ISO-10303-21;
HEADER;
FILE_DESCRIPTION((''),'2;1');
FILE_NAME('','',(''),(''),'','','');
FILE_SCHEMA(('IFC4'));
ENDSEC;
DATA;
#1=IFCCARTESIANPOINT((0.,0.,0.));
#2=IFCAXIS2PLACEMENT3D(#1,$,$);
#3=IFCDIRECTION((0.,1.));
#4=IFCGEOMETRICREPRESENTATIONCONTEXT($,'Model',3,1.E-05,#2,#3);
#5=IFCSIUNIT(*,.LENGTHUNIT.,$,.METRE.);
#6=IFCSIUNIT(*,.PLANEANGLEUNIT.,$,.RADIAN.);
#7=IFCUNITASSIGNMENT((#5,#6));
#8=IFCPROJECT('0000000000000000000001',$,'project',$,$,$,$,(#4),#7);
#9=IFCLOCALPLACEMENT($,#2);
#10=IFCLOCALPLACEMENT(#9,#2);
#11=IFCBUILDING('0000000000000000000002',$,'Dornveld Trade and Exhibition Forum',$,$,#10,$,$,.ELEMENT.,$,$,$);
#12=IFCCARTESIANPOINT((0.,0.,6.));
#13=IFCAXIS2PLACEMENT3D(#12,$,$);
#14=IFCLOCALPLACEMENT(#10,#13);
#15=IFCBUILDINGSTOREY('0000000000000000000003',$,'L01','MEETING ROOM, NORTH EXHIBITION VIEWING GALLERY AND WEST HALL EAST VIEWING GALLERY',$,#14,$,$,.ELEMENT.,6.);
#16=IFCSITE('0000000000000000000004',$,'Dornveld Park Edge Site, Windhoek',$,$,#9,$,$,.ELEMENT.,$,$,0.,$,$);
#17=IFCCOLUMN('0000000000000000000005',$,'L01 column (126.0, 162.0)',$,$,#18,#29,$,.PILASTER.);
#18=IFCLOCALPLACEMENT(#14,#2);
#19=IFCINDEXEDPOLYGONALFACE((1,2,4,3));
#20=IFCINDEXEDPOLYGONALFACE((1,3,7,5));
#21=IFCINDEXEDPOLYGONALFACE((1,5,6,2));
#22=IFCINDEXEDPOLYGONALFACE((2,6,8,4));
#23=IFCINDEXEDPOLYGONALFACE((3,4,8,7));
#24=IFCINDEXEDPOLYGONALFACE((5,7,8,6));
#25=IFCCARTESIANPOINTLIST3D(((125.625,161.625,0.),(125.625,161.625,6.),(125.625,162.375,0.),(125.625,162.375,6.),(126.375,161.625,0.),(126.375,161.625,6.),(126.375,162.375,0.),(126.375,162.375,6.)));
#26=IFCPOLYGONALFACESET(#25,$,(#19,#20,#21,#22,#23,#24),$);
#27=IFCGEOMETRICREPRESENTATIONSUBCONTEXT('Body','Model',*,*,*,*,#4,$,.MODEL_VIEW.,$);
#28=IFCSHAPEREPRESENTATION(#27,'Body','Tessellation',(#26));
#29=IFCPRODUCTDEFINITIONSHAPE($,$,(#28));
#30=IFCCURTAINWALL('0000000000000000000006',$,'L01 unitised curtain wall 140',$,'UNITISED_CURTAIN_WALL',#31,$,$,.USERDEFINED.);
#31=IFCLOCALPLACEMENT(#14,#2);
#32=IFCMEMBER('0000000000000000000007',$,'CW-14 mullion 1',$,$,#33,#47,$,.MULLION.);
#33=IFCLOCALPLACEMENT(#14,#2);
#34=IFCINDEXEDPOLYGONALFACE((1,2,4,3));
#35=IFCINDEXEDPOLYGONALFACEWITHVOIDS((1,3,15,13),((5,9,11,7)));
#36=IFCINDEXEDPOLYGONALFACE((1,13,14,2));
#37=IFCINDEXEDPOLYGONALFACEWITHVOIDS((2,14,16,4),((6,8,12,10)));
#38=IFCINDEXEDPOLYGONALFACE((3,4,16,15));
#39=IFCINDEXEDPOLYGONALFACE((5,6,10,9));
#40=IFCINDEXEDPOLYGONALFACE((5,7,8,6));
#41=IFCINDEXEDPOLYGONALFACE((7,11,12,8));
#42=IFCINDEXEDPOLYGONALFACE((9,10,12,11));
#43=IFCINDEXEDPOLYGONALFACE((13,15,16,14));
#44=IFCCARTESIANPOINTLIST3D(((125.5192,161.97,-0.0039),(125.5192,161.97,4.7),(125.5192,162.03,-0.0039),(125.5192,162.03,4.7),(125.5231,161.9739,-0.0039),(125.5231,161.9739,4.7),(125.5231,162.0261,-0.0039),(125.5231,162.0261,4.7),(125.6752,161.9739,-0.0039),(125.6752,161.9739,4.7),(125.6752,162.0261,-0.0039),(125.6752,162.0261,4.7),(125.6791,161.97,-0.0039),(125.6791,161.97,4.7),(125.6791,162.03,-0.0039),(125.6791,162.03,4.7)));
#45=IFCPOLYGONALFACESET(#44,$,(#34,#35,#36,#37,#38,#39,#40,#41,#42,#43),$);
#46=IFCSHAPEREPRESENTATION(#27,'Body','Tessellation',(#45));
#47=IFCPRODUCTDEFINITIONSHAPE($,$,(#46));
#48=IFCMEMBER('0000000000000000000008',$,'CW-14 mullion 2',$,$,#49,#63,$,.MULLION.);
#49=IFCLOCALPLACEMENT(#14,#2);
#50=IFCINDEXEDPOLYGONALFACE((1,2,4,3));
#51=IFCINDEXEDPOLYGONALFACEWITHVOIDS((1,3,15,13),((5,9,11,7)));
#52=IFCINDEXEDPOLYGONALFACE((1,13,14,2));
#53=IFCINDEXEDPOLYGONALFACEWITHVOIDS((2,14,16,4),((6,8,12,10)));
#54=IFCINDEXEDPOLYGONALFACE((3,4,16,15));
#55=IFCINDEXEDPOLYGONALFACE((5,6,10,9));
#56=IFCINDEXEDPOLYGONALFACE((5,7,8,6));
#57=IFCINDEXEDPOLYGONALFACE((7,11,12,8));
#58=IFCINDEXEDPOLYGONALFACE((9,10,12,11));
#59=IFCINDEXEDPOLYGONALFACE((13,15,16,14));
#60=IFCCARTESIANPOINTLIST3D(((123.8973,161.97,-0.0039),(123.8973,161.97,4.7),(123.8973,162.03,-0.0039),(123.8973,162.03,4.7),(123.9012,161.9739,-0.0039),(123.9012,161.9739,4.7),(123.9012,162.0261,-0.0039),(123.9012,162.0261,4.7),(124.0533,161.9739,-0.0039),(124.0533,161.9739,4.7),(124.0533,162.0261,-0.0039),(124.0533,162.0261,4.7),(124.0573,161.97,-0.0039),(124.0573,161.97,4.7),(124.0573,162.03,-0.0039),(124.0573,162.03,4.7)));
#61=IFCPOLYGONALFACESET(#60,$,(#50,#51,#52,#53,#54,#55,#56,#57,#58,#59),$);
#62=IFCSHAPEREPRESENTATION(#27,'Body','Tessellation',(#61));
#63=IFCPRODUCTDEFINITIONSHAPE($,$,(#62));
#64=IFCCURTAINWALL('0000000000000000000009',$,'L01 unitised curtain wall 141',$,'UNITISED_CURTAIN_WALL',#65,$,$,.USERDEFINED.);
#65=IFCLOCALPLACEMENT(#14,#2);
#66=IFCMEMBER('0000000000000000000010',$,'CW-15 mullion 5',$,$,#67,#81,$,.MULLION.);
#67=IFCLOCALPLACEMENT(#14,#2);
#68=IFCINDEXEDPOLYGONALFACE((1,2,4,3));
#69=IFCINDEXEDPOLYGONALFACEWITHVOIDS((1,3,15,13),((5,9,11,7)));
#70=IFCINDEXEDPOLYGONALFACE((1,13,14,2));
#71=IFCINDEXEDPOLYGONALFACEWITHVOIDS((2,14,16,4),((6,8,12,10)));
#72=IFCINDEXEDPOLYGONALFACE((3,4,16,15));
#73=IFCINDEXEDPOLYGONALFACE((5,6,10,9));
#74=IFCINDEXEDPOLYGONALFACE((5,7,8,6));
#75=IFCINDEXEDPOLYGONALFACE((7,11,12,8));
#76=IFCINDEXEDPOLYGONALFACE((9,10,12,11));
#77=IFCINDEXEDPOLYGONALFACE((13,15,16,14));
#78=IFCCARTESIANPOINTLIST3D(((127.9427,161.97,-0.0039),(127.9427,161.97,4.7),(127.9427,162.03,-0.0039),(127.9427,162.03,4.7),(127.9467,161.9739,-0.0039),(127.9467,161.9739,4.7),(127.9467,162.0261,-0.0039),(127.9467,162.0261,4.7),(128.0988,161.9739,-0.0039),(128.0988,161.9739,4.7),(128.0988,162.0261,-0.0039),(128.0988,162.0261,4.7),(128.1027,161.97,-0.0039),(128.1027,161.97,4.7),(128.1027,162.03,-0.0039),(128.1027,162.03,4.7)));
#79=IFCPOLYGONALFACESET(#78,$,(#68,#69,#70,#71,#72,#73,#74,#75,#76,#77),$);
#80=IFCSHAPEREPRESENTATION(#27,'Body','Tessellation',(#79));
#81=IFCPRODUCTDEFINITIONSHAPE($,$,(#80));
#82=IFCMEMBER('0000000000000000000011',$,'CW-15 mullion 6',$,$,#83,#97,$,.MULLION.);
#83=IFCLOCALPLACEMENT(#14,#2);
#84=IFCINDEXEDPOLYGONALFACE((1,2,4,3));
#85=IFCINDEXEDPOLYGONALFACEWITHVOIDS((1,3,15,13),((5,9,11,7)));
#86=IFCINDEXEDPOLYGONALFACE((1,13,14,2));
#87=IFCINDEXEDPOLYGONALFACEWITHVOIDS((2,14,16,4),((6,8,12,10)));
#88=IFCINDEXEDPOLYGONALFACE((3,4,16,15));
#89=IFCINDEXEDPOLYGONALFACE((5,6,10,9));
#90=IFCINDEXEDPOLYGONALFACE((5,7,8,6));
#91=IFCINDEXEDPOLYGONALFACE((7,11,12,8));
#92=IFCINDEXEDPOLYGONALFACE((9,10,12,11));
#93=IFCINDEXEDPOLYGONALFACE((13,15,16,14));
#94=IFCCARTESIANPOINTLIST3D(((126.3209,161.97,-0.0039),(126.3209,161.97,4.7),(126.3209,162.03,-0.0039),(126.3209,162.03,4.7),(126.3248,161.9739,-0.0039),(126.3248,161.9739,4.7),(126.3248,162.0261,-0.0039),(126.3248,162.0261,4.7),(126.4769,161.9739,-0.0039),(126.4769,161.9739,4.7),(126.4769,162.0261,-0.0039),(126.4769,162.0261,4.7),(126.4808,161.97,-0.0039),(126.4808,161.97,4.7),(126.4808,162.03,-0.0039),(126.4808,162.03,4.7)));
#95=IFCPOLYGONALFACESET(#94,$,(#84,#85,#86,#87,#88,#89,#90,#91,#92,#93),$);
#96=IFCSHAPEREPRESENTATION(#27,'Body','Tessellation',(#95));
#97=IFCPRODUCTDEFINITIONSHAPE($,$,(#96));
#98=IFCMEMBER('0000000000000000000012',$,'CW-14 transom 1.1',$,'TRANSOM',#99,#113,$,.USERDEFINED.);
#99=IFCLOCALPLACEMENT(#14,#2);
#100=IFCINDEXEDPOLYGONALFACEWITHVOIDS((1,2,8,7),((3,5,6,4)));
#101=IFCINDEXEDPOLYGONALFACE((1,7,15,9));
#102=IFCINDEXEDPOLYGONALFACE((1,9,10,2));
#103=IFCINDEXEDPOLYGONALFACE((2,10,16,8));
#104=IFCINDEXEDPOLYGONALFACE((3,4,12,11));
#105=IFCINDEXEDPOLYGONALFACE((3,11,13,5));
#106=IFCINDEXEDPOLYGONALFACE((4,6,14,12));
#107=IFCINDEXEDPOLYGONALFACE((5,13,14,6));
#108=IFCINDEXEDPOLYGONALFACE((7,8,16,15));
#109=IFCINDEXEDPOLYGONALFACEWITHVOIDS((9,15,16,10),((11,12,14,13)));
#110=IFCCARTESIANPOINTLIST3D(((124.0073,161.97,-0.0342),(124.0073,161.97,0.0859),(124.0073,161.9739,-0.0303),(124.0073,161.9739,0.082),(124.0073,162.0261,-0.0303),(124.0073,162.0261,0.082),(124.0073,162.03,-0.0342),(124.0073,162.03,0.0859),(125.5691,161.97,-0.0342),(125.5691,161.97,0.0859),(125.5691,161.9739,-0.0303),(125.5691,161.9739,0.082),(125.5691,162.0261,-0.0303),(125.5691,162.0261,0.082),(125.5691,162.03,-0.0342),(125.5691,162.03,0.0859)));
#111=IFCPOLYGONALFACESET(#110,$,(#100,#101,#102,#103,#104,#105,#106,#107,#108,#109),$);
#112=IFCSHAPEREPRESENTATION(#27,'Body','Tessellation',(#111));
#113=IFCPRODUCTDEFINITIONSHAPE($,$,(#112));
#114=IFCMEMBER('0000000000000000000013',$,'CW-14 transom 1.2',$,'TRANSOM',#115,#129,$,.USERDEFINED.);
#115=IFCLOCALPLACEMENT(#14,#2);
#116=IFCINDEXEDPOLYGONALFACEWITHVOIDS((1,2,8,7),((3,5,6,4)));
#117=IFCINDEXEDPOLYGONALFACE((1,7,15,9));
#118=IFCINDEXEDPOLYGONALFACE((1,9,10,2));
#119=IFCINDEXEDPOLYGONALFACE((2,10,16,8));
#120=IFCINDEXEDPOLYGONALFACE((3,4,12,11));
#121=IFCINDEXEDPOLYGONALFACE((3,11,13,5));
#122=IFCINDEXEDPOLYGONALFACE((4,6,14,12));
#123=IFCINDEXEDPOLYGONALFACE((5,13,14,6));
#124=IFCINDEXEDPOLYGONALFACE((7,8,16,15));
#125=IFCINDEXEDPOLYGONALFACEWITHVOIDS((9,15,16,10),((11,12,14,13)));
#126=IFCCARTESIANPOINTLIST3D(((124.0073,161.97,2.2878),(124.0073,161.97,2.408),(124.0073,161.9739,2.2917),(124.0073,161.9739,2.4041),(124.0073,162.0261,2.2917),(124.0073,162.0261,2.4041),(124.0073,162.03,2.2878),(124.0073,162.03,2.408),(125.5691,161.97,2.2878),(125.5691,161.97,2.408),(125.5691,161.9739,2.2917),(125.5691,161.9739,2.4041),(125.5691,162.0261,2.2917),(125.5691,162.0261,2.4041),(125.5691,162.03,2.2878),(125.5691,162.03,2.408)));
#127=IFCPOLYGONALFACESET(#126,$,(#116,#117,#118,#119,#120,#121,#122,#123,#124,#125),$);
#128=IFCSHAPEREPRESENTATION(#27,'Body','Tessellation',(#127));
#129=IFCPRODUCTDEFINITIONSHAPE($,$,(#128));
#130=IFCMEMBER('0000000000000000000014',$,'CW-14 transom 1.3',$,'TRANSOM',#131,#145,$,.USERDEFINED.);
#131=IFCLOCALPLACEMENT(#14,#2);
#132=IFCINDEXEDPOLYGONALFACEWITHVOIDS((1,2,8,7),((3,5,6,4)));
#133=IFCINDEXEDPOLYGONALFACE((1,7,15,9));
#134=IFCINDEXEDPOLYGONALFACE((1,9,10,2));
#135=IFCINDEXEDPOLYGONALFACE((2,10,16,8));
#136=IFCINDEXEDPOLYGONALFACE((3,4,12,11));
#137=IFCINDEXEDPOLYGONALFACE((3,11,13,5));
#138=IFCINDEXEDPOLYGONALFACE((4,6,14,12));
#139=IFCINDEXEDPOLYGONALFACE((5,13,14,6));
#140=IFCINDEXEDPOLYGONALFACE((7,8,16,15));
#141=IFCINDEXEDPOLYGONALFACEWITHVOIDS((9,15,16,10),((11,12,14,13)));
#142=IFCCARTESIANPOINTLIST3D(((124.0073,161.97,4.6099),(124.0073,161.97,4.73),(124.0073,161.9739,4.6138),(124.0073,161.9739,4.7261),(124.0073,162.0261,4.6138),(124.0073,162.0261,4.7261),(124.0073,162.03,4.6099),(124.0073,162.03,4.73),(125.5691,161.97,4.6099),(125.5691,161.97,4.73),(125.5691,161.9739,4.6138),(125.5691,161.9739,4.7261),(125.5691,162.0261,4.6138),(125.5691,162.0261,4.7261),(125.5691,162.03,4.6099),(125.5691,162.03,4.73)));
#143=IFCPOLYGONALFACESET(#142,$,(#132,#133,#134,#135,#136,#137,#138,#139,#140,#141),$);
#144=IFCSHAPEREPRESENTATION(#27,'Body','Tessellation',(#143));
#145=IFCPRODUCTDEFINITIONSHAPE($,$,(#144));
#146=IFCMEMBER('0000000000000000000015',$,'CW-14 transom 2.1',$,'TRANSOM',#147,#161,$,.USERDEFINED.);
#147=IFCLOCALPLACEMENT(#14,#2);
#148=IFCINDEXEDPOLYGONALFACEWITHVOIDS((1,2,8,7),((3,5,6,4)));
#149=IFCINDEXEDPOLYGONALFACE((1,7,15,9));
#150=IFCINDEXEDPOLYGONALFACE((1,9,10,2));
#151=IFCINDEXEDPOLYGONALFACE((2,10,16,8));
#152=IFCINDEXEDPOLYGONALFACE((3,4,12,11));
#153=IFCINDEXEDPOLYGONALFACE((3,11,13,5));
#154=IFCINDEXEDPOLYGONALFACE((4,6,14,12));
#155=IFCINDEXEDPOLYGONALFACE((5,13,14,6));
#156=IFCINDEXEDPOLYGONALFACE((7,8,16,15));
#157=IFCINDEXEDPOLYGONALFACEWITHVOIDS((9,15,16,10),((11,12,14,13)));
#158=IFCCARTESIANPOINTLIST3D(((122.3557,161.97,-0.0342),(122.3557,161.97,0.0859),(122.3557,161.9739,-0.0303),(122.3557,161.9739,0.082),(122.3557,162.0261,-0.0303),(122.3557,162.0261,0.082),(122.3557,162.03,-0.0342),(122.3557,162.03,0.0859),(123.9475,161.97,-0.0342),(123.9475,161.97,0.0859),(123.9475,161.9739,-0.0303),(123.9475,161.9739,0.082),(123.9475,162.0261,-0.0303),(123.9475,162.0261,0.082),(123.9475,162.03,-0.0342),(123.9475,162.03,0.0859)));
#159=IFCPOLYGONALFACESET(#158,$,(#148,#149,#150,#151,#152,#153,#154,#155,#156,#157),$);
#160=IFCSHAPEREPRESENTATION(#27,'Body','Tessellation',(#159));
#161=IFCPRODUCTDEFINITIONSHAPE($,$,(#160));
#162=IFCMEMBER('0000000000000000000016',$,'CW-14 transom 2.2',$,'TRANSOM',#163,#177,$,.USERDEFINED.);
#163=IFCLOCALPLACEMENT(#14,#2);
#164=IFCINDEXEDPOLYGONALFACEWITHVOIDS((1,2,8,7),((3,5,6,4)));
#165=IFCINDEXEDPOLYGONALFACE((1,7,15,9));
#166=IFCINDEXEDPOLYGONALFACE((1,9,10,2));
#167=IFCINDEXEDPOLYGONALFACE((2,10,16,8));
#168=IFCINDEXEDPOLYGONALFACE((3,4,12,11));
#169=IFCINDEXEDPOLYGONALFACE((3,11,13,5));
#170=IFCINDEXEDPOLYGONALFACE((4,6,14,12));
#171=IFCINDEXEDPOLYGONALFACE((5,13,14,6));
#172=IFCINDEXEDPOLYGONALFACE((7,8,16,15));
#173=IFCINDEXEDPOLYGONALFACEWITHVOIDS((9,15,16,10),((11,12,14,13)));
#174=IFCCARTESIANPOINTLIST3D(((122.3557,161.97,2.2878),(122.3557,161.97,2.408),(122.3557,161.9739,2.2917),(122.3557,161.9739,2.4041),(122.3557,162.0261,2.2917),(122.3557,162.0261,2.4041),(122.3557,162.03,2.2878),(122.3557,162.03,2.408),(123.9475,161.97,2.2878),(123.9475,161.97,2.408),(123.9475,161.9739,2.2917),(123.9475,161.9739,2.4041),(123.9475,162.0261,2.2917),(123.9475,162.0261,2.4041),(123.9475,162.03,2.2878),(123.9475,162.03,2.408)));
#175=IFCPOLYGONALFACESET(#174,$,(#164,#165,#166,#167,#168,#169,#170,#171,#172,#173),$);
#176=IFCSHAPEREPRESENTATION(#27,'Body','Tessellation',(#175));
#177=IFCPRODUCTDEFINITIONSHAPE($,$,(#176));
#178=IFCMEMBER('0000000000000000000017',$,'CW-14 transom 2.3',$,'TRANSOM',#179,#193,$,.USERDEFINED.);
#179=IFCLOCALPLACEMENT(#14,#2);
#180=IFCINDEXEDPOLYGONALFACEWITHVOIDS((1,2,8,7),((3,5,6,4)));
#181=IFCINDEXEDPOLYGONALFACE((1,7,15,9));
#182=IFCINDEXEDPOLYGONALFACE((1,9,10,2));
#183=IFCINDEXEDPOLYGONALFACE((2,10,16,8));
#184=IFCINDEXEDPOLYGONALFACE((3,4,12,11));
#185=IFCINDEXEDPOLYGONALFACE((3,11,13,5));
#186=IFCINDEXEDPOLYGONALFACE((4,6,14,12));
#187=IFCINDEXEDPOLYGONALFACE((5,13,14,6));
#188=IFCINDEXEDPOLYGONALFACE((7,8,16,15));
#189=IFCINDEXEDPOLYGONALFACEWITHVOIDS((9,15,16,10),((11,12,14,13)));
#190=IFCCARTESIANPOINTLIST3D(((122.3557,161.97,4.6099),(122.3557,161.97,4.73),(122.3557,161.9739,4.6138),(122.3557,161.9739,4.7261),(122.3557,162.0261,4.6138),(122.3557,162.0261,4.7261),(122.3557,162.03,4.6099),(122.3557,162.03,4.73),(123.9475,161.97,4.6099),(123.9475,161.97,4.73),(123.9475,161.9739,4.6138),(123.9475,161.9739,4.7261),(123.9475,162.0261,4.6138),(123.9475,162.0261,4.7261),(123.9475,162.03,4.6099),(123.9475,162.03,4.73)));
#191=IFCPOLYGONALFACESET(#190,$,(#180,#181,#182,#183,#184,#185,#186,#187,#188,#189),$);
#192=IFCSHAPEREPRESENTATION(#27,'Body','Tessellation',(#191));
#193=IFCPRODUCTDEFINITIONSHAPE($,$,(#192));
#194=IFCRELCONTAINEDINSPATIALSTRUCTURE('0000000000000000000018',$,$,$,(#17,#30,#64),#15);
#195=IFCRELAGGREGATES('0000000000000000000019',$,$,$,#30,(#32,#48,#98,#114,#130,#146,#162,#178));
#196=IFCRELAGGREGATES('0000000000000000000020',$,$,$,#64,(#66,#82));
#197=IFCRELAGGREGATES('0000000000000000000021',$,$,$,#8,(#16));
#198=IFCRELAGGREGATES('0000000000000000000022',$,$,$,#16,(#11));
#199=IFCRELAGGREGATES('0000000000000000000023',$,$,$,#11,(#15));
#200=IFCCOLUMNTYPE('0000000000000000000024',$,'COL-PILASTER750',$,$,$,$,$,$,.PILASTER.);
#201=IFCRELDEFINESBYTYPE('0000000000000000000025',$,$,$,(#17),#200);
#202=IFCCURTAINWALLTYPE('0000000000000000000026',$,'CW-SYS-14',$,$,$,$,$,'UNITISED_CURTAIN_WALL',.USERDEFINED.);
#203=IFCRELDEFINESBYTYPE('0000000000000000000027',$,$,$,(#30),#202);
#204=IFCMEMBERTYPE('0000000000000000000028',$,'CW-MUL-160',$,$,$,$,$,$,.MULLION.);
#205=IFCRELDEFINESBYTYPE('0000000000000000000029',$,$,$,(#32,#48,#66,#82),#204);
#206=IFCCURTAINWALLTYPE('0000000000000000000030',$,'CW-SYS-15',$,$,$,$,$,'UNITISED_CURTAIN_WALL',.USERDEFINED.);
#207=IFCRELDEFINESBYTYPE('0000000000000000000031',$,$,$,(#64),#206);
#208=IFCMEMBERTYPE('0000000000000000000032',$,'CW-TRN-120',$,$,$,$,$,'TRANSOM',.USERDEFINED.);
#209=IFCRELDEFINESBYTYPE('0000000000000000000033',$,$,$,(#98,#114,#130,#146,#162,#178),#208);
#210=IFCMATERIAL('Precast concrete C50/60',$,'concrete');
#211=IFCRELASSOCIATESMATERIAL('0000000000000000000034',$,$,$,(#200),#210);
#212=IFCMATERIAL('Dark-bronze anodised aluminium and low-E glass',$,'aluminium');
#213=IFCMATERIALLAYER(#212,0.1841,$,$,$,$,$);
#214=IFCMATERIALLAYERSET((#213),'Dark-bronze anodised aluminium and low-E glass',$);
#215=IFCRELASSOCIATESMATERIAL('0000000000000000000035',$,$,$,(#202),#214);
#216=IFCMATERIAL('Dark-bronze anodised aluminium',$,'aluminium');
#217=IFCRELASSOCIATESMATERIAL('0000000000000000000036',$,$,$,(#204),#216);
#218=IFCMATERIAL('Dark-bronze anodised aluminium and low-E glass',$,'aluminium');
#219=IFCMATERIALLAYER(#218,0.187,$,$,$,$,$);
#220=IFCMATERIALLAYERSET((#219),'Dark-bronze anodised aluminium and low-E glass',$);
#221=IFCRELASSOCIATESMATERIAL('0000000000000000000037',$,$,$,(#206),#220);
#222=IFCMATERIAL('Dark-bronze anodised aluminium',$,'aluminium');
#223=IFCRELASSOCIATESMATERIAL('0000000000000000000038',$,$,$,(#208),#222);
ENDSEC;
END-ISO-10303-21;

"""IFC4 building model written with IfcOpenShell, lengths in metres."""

from ifc_helpers import new_model, si_unit, direction, frame, origin, origin_2d, place, context, subcontext, project, spatial, rectangle, hollow_rectangle, extrude, material, layer, layer_set, material_profile, profile_set, type_object, element, aggregate, save


model = new_model("IFC4")

# Units and contexts
model_context = context("Model", 3, precision=1e-05, world=origin(), true_north=direction((0.0, 1.0)))
body_context = subcontext(model_context, "Body", "Model", "MODEL_VIEW")
ifc_project = project(units=[si_unit("LENGTHUNIT", "METRE"), si_unit("PLANEANGLEUNIT", "RADIAN")], contexts=[model_context])

# Site, building, storey
site_placement = place(None, origin())
site = spatial("IfcSite", under=ifc_project, at=site_placement, Name="Dornveld Park Edge Site, Windhoek", CompositionType="ELEMENT", RefElevation=0.0)
building_placement = place(site_placement, origin())
building = spatial("IfcBuilding", under=site, at=building_placement, Name="Dornveld Trade and Exhibition Forum", CompositionType="ELEMENT")
storey_placement = place(building_placement, frame((0.0, 0.0, 6.0)))
storey = spatial("IfcBuildingStorey", under=building, at=storey_placement, Name="L01", Description="MEETING ROOM, NORTH EXHIBITION VIEWING GALLERY AND WEST HALL EAST VIEWING GALLERY", CompositionType="ELEMENT", Elevation=6.0)

# Column
ifc_material_1 = material(Name="Precast concrete C50/60", Category="concrete")
ifc_material_profile_1 = material_profile(ifc_material_1, rectangle(XDim=0.75, YDim=0.75, at=origin_2d()), Name="PC-COL 750x750")
ifc_profile_set_1 = profile_set([ifc_material_profile_1], Name="Precast concrete C50/60")
column_type = type_object("IfcColumnType", Name="COL-PILASTER750", PredefinedType="PILASTER", material=ifc_profile_set_1)
column_placement = place(storey_placement, frame((126.0, 162.0, 0.0), z_axis=(0.0, 0.0, 1.0), x_axis=(1.0, 0.0, 0.0)))
element("IfcColumn", 1, at=column_placement, inside=storey, type_object=column_type, Name="L01 column (126.0, 162.0)", PredefinedType="PILASTER", context=body_context, shape_type="SweptSolid", body=[
    extrude(rectangle(XDim=0.75, YDim=0.75, at=origin_2d()), origin(), (0.0, 0.0, 1.0), 6.0),
])

# Curtain walls, members
ifc_material_2 = material(Name="Dark-bronze anodised aluminium and low-E glass", Category="aluminium")
ifc_layer_1 = layer(ifc_material_2, 0.1841)
ifc_layer_set_1 = layer_set([ifc_layer_1], Name="Dark-bronze anodised aluminium and low-E glass")
curtain_wall_type_1 = type_object("IfcCurtainWallType", Name="CW-SYS-14", ElementType="UNITISED_CURTAIN_WALL", PredefinedType="USERDEFINED", material=ifc_layer_set_1)
curtain_wall_1_placement = place(storey_placement, origin())
curtain_wall_1 = element("IfcCurtainWall", 2, at=curtain_wall_1_placement, inside=storey, type_object=curtain_wall_type_1, Name="L01 unitised curtain wall 140", ObjectType="UNITISED_CURTAIN_WALL", PredefinedType="USERDEFINED")
ifc_material_3 = material(Name="Dark-bronze anodised aluminium", Category="aluminium")
ifc_material_profile_2 = material_profile(ifc_material_3, hollow_rectangle(XDim=0.0601, YDim=0.1599, WallThickness=0.0039, at=origin_2d()), Name="RHS 160x60x4")
ifc_profile_set_2 = profile_set([ifc_material_profile_2], Name="Dark-bronze anodised aluminium")
member_type_1 = type_object("IfcMemberType", Name="CW-MUL-160", PredefinedType="MULLION", material=ifc_profile_set_2)
member_1_placement = place(storey_placement, frame((125.5991, 162.0, -0.0039), z_axis=(0.0, 0.0, 1.0), x_axis=(0.0, -1.0, 0.0)))
member_1 = element("IfcMember", 3, at=member_1_placement, type_object=member_type_1, Name="CW-14 mullion 1", PredefinedType="MULLION", context=body_context, shape_type="SweptSolid", body=[
    extrude(hollow_rectangle(XDim=0.0601, YDim=0.1599, WallThickness=0.0039, at=origin_2d()), origin(), (0.0, 0.0, 1.0), 4.7039),
])
member_2_placement = place(storey_placement, frame((123.9773, 162.0, -0.0039), z_axis=(0.0, 0.0, 1.0), x_axis=(0.0, -1.0, 0.0)))
member_2 = element("IfcMember", 4, at=member_2_placement, type_object=member_type_1, Name="CW-14 mullion 2", PredefinedType="MULLION", context=body_context, shape_type="SweptSolid", body=[
    extrude(hollow_rectangle(XDim=0.0601, YDim=0.1599, WallThickness=0.0039, at=origin_2d()), origin(), (0.0, 0.0, 1.0), 4.7039),
])
ifc_material_4 = material(Name="Dark-bronze anodised aluminium and low-E glass", Category="aluminium")
ifc_layer_2 = layer(ifc_material_4, 0.187)
ifc_layer_set_2 = layer_set([ifc_layer_2], Name="Dark-bronze anodised aluminium and low-E glass")
curtain_wall_type_2 = type_object("IfcCurtainWallType", Name="CW-SYS-15", ElementType="UNITISED_CURTAIN_WALL", PredefinedType="USERDEFINED", material=ifc_layer_set_2)
curtain_wall_2_placement = place(storey_placement, origin())
curtain_wall_2 = element("IfcCurtainWall", 5, at=curtain_wall_2_placement, inside=storey, type_object=curtain_wall_type_2, Name="L01 unitised curtain wall 141", ObjectType="UNITISED_CURTAIN_WALL", PredefinedType="USERDEFINED")
member_3_placement = place(storey_placement, frame((128.0227, 162.0, -0.0039), z_axis=(0.0, 0.0, 1.0), x_axis=(0.0, -1.0, 0.0)))
member_3 = element("IfcMember", 6, at=member_3_placement, type_object=member_type_1, Name="CW-15 mullion 5", PredefinedType="MULLION", context=body_context, shape_type="SweptSolid", body=[
    extrude(hollow_rectangle(XDim=0.0601, YDim=0.1599, WallThickness=0.0039, at=origin_2d()), origin(), (0.0, 0.0, 1.0), 4.7039),
])
member_4_placement = place(storey_placement, frame((126.4009, 162.0, -0.0039), z_axis=(0.0, 0.0, 1.0), x_axis=(0.0, -1.0, 0.0)))
member_4 = element("IfcMember", 7, at=member_4_placement, type_object=member_type_1, Name="CW-15 mullion 6", PredefinedType="MULLION", context=body_context, shape_type="SweptSolid", body=[
    extrude(hollow_rectangle(XDim=0.0601, YDim=0.1599, WallThickness=0.0039, at=origin_2d()), origin(), (0.0, 0.0, 1.0), 4.7039),
])

# Members
ifc_material_5 = material(Name="Dark-bronze anodised aluminium", Category="aluminium")
ifc_material_profile_3 = material_profile(ifc_material_5, hollow_rectangle(XDim=0.0601, YDim=0.1201, WallThickness=0.0039, at=origin_2d()), Name="RHS 120x60x4")
ifc_profile_set_3 = profile_set([ifc_material_profile_3], Name="Dark-bronze anodised aluminium")
member_type_2 = type_object("IfcMemberType", Name="CW-TRN-120", ElementType="TRANSOM", PredefinedType="USERDEFINED", material=ifc_profile_set_3)
member_5_placement = place(storey_placement, frame((125.5691, 162.0, 0.0259), z_axis=(-1.0, 0.0, 0.0), x_axis=(0.0, -1.0, 0.0)))
member_5 = element("IfcMember", 8, at=member_5_placement, type_object=member_type_2, Name="CW-14 transom 1.1", ObjectType="TRANSOM", PredefinedType="USERDEFINED", context=body_context, shape_type="SweptSolid", body=[
    extrude(hollow_rectangle(XDim=0.0601, YDim=0.1201, WallThickness=0.0039, at=origin_2d()), origin(), (0.0, 0.0, 1.0), 1.5618),
])
member_6_placement = place(storey_placement, frame((125.5691, 162.0, 2.3479), z_axis=(-1.0, 0.0, 0.0), x_axis=(0.0, -1.0, 0.0)))
member_6 = element("IfcMember", 9, at=member_6_placement, type_object=member_type_2, Name="CW-14 transom 1.2", ObjectType="TRANSOM", PredefinedType="USERDEFINED", context=body_context, shape_type="SweptSolid", body=[
    extrude(hollow_rectangle(XDim=0.0601, YDim=0.1201, WallThickness=0.0039, at=origin_2d()), origin(), (0.0, 0.0, 1.0), 1.5618),
])
member_7_placement = place(storey_placement, frame((125.5691, 162.0, 4.6699), z_axis=(-1.0, 0.0, 0.0), x_axis=(0.0, -1.0, 0.0)))
member_7 = element("IfcMember", 10, at=member_7_placement, type_object=member_type_2, Name="CW-14 transom 1.3", ObjectType="TRANSOM", PredefinedType="USERDEFINED", context=body_context, shape_type="SweptSolid", body=[
    extrude(hollow_rectangle(XDim=0.0601, YDim=0.1201, WallThickness=0.0039, at=origin_2d()), origin(), (0.0, 0.0, 1.0), 1.5618),
])
member_8_placement = place(storey_placement, frame((123.9475, 162.0, 0.0259), z_axis=(-1.0, 0.0, 0.0), x_axis=(0.0, -1.0, 0.0)))
member_8 = element("IfcMember", 11, at=member_8_placement, type_object=member_type_2, Name="CW-14 transom 2.1", ObjectType="TRANSOM", PredefinedType="USERDEFINED", context=body_context, shape_type="SweptSolid", body=[
    extrude(hollow_rectangle(XDim=0.0601, YDim=0.1201, WallThickness=0.0039, at=origin_2d()), origin(), (0.0, 0.0, 1.0), 1.5918),
])
member_9_placement = place(storey_placement, frame((123.9475, 162.0, 2.3479), z_axis=(-1.0, 0.0, 0.0), x_axis=(0.0, -1.0, 0.0)))
member_9 = element("IfcMember", 12, at=member_9_placement, type_object=member_type_2, Name="CW-14 transom 2.2", ObjectType="TRANSOM", PredefinedType="USERDEFINED", context=body_context, shape_type="SweptSolid", body=[
    extrude(hollow_rectangle(XDim=0.0601, YDim=0.1201, WallThickness=0.0039, at=origin_2d()), origin(), (0.0, 0.0, 1.0), 1.5918),
])
member_10_placement = place(storey_placement, frame((123.9475, 162.0, 4.6699), z_axis=(-1.0, 0.0, 0.0), x_axis=(0.0, -1.0, 0.0)))
member_10 = element("IfcMember", 13, at=member_10_placement, type_object=member_type_2, Name="CW-14 transom 2.3", ObjectType="TRANSOM", PredefinedType="USERDEFINED", context=body_context, shape_type="SweptSolid", body=[
    extrude(hollow_rectangle(XDim=0.0601, YDim=0.1201, WallThickness=0.0039, at=origin_2d()), origin(), (0.0, 0.0, 1.0), 1.5918),
])

aggregate(curtain_wall_1, [member_1, member_2, member_5, member_6, member_7, member_8, member_9, member_10])
aggregate(curtain_wall_2, [member_3, member_4])

save(model, "model.ifc")
